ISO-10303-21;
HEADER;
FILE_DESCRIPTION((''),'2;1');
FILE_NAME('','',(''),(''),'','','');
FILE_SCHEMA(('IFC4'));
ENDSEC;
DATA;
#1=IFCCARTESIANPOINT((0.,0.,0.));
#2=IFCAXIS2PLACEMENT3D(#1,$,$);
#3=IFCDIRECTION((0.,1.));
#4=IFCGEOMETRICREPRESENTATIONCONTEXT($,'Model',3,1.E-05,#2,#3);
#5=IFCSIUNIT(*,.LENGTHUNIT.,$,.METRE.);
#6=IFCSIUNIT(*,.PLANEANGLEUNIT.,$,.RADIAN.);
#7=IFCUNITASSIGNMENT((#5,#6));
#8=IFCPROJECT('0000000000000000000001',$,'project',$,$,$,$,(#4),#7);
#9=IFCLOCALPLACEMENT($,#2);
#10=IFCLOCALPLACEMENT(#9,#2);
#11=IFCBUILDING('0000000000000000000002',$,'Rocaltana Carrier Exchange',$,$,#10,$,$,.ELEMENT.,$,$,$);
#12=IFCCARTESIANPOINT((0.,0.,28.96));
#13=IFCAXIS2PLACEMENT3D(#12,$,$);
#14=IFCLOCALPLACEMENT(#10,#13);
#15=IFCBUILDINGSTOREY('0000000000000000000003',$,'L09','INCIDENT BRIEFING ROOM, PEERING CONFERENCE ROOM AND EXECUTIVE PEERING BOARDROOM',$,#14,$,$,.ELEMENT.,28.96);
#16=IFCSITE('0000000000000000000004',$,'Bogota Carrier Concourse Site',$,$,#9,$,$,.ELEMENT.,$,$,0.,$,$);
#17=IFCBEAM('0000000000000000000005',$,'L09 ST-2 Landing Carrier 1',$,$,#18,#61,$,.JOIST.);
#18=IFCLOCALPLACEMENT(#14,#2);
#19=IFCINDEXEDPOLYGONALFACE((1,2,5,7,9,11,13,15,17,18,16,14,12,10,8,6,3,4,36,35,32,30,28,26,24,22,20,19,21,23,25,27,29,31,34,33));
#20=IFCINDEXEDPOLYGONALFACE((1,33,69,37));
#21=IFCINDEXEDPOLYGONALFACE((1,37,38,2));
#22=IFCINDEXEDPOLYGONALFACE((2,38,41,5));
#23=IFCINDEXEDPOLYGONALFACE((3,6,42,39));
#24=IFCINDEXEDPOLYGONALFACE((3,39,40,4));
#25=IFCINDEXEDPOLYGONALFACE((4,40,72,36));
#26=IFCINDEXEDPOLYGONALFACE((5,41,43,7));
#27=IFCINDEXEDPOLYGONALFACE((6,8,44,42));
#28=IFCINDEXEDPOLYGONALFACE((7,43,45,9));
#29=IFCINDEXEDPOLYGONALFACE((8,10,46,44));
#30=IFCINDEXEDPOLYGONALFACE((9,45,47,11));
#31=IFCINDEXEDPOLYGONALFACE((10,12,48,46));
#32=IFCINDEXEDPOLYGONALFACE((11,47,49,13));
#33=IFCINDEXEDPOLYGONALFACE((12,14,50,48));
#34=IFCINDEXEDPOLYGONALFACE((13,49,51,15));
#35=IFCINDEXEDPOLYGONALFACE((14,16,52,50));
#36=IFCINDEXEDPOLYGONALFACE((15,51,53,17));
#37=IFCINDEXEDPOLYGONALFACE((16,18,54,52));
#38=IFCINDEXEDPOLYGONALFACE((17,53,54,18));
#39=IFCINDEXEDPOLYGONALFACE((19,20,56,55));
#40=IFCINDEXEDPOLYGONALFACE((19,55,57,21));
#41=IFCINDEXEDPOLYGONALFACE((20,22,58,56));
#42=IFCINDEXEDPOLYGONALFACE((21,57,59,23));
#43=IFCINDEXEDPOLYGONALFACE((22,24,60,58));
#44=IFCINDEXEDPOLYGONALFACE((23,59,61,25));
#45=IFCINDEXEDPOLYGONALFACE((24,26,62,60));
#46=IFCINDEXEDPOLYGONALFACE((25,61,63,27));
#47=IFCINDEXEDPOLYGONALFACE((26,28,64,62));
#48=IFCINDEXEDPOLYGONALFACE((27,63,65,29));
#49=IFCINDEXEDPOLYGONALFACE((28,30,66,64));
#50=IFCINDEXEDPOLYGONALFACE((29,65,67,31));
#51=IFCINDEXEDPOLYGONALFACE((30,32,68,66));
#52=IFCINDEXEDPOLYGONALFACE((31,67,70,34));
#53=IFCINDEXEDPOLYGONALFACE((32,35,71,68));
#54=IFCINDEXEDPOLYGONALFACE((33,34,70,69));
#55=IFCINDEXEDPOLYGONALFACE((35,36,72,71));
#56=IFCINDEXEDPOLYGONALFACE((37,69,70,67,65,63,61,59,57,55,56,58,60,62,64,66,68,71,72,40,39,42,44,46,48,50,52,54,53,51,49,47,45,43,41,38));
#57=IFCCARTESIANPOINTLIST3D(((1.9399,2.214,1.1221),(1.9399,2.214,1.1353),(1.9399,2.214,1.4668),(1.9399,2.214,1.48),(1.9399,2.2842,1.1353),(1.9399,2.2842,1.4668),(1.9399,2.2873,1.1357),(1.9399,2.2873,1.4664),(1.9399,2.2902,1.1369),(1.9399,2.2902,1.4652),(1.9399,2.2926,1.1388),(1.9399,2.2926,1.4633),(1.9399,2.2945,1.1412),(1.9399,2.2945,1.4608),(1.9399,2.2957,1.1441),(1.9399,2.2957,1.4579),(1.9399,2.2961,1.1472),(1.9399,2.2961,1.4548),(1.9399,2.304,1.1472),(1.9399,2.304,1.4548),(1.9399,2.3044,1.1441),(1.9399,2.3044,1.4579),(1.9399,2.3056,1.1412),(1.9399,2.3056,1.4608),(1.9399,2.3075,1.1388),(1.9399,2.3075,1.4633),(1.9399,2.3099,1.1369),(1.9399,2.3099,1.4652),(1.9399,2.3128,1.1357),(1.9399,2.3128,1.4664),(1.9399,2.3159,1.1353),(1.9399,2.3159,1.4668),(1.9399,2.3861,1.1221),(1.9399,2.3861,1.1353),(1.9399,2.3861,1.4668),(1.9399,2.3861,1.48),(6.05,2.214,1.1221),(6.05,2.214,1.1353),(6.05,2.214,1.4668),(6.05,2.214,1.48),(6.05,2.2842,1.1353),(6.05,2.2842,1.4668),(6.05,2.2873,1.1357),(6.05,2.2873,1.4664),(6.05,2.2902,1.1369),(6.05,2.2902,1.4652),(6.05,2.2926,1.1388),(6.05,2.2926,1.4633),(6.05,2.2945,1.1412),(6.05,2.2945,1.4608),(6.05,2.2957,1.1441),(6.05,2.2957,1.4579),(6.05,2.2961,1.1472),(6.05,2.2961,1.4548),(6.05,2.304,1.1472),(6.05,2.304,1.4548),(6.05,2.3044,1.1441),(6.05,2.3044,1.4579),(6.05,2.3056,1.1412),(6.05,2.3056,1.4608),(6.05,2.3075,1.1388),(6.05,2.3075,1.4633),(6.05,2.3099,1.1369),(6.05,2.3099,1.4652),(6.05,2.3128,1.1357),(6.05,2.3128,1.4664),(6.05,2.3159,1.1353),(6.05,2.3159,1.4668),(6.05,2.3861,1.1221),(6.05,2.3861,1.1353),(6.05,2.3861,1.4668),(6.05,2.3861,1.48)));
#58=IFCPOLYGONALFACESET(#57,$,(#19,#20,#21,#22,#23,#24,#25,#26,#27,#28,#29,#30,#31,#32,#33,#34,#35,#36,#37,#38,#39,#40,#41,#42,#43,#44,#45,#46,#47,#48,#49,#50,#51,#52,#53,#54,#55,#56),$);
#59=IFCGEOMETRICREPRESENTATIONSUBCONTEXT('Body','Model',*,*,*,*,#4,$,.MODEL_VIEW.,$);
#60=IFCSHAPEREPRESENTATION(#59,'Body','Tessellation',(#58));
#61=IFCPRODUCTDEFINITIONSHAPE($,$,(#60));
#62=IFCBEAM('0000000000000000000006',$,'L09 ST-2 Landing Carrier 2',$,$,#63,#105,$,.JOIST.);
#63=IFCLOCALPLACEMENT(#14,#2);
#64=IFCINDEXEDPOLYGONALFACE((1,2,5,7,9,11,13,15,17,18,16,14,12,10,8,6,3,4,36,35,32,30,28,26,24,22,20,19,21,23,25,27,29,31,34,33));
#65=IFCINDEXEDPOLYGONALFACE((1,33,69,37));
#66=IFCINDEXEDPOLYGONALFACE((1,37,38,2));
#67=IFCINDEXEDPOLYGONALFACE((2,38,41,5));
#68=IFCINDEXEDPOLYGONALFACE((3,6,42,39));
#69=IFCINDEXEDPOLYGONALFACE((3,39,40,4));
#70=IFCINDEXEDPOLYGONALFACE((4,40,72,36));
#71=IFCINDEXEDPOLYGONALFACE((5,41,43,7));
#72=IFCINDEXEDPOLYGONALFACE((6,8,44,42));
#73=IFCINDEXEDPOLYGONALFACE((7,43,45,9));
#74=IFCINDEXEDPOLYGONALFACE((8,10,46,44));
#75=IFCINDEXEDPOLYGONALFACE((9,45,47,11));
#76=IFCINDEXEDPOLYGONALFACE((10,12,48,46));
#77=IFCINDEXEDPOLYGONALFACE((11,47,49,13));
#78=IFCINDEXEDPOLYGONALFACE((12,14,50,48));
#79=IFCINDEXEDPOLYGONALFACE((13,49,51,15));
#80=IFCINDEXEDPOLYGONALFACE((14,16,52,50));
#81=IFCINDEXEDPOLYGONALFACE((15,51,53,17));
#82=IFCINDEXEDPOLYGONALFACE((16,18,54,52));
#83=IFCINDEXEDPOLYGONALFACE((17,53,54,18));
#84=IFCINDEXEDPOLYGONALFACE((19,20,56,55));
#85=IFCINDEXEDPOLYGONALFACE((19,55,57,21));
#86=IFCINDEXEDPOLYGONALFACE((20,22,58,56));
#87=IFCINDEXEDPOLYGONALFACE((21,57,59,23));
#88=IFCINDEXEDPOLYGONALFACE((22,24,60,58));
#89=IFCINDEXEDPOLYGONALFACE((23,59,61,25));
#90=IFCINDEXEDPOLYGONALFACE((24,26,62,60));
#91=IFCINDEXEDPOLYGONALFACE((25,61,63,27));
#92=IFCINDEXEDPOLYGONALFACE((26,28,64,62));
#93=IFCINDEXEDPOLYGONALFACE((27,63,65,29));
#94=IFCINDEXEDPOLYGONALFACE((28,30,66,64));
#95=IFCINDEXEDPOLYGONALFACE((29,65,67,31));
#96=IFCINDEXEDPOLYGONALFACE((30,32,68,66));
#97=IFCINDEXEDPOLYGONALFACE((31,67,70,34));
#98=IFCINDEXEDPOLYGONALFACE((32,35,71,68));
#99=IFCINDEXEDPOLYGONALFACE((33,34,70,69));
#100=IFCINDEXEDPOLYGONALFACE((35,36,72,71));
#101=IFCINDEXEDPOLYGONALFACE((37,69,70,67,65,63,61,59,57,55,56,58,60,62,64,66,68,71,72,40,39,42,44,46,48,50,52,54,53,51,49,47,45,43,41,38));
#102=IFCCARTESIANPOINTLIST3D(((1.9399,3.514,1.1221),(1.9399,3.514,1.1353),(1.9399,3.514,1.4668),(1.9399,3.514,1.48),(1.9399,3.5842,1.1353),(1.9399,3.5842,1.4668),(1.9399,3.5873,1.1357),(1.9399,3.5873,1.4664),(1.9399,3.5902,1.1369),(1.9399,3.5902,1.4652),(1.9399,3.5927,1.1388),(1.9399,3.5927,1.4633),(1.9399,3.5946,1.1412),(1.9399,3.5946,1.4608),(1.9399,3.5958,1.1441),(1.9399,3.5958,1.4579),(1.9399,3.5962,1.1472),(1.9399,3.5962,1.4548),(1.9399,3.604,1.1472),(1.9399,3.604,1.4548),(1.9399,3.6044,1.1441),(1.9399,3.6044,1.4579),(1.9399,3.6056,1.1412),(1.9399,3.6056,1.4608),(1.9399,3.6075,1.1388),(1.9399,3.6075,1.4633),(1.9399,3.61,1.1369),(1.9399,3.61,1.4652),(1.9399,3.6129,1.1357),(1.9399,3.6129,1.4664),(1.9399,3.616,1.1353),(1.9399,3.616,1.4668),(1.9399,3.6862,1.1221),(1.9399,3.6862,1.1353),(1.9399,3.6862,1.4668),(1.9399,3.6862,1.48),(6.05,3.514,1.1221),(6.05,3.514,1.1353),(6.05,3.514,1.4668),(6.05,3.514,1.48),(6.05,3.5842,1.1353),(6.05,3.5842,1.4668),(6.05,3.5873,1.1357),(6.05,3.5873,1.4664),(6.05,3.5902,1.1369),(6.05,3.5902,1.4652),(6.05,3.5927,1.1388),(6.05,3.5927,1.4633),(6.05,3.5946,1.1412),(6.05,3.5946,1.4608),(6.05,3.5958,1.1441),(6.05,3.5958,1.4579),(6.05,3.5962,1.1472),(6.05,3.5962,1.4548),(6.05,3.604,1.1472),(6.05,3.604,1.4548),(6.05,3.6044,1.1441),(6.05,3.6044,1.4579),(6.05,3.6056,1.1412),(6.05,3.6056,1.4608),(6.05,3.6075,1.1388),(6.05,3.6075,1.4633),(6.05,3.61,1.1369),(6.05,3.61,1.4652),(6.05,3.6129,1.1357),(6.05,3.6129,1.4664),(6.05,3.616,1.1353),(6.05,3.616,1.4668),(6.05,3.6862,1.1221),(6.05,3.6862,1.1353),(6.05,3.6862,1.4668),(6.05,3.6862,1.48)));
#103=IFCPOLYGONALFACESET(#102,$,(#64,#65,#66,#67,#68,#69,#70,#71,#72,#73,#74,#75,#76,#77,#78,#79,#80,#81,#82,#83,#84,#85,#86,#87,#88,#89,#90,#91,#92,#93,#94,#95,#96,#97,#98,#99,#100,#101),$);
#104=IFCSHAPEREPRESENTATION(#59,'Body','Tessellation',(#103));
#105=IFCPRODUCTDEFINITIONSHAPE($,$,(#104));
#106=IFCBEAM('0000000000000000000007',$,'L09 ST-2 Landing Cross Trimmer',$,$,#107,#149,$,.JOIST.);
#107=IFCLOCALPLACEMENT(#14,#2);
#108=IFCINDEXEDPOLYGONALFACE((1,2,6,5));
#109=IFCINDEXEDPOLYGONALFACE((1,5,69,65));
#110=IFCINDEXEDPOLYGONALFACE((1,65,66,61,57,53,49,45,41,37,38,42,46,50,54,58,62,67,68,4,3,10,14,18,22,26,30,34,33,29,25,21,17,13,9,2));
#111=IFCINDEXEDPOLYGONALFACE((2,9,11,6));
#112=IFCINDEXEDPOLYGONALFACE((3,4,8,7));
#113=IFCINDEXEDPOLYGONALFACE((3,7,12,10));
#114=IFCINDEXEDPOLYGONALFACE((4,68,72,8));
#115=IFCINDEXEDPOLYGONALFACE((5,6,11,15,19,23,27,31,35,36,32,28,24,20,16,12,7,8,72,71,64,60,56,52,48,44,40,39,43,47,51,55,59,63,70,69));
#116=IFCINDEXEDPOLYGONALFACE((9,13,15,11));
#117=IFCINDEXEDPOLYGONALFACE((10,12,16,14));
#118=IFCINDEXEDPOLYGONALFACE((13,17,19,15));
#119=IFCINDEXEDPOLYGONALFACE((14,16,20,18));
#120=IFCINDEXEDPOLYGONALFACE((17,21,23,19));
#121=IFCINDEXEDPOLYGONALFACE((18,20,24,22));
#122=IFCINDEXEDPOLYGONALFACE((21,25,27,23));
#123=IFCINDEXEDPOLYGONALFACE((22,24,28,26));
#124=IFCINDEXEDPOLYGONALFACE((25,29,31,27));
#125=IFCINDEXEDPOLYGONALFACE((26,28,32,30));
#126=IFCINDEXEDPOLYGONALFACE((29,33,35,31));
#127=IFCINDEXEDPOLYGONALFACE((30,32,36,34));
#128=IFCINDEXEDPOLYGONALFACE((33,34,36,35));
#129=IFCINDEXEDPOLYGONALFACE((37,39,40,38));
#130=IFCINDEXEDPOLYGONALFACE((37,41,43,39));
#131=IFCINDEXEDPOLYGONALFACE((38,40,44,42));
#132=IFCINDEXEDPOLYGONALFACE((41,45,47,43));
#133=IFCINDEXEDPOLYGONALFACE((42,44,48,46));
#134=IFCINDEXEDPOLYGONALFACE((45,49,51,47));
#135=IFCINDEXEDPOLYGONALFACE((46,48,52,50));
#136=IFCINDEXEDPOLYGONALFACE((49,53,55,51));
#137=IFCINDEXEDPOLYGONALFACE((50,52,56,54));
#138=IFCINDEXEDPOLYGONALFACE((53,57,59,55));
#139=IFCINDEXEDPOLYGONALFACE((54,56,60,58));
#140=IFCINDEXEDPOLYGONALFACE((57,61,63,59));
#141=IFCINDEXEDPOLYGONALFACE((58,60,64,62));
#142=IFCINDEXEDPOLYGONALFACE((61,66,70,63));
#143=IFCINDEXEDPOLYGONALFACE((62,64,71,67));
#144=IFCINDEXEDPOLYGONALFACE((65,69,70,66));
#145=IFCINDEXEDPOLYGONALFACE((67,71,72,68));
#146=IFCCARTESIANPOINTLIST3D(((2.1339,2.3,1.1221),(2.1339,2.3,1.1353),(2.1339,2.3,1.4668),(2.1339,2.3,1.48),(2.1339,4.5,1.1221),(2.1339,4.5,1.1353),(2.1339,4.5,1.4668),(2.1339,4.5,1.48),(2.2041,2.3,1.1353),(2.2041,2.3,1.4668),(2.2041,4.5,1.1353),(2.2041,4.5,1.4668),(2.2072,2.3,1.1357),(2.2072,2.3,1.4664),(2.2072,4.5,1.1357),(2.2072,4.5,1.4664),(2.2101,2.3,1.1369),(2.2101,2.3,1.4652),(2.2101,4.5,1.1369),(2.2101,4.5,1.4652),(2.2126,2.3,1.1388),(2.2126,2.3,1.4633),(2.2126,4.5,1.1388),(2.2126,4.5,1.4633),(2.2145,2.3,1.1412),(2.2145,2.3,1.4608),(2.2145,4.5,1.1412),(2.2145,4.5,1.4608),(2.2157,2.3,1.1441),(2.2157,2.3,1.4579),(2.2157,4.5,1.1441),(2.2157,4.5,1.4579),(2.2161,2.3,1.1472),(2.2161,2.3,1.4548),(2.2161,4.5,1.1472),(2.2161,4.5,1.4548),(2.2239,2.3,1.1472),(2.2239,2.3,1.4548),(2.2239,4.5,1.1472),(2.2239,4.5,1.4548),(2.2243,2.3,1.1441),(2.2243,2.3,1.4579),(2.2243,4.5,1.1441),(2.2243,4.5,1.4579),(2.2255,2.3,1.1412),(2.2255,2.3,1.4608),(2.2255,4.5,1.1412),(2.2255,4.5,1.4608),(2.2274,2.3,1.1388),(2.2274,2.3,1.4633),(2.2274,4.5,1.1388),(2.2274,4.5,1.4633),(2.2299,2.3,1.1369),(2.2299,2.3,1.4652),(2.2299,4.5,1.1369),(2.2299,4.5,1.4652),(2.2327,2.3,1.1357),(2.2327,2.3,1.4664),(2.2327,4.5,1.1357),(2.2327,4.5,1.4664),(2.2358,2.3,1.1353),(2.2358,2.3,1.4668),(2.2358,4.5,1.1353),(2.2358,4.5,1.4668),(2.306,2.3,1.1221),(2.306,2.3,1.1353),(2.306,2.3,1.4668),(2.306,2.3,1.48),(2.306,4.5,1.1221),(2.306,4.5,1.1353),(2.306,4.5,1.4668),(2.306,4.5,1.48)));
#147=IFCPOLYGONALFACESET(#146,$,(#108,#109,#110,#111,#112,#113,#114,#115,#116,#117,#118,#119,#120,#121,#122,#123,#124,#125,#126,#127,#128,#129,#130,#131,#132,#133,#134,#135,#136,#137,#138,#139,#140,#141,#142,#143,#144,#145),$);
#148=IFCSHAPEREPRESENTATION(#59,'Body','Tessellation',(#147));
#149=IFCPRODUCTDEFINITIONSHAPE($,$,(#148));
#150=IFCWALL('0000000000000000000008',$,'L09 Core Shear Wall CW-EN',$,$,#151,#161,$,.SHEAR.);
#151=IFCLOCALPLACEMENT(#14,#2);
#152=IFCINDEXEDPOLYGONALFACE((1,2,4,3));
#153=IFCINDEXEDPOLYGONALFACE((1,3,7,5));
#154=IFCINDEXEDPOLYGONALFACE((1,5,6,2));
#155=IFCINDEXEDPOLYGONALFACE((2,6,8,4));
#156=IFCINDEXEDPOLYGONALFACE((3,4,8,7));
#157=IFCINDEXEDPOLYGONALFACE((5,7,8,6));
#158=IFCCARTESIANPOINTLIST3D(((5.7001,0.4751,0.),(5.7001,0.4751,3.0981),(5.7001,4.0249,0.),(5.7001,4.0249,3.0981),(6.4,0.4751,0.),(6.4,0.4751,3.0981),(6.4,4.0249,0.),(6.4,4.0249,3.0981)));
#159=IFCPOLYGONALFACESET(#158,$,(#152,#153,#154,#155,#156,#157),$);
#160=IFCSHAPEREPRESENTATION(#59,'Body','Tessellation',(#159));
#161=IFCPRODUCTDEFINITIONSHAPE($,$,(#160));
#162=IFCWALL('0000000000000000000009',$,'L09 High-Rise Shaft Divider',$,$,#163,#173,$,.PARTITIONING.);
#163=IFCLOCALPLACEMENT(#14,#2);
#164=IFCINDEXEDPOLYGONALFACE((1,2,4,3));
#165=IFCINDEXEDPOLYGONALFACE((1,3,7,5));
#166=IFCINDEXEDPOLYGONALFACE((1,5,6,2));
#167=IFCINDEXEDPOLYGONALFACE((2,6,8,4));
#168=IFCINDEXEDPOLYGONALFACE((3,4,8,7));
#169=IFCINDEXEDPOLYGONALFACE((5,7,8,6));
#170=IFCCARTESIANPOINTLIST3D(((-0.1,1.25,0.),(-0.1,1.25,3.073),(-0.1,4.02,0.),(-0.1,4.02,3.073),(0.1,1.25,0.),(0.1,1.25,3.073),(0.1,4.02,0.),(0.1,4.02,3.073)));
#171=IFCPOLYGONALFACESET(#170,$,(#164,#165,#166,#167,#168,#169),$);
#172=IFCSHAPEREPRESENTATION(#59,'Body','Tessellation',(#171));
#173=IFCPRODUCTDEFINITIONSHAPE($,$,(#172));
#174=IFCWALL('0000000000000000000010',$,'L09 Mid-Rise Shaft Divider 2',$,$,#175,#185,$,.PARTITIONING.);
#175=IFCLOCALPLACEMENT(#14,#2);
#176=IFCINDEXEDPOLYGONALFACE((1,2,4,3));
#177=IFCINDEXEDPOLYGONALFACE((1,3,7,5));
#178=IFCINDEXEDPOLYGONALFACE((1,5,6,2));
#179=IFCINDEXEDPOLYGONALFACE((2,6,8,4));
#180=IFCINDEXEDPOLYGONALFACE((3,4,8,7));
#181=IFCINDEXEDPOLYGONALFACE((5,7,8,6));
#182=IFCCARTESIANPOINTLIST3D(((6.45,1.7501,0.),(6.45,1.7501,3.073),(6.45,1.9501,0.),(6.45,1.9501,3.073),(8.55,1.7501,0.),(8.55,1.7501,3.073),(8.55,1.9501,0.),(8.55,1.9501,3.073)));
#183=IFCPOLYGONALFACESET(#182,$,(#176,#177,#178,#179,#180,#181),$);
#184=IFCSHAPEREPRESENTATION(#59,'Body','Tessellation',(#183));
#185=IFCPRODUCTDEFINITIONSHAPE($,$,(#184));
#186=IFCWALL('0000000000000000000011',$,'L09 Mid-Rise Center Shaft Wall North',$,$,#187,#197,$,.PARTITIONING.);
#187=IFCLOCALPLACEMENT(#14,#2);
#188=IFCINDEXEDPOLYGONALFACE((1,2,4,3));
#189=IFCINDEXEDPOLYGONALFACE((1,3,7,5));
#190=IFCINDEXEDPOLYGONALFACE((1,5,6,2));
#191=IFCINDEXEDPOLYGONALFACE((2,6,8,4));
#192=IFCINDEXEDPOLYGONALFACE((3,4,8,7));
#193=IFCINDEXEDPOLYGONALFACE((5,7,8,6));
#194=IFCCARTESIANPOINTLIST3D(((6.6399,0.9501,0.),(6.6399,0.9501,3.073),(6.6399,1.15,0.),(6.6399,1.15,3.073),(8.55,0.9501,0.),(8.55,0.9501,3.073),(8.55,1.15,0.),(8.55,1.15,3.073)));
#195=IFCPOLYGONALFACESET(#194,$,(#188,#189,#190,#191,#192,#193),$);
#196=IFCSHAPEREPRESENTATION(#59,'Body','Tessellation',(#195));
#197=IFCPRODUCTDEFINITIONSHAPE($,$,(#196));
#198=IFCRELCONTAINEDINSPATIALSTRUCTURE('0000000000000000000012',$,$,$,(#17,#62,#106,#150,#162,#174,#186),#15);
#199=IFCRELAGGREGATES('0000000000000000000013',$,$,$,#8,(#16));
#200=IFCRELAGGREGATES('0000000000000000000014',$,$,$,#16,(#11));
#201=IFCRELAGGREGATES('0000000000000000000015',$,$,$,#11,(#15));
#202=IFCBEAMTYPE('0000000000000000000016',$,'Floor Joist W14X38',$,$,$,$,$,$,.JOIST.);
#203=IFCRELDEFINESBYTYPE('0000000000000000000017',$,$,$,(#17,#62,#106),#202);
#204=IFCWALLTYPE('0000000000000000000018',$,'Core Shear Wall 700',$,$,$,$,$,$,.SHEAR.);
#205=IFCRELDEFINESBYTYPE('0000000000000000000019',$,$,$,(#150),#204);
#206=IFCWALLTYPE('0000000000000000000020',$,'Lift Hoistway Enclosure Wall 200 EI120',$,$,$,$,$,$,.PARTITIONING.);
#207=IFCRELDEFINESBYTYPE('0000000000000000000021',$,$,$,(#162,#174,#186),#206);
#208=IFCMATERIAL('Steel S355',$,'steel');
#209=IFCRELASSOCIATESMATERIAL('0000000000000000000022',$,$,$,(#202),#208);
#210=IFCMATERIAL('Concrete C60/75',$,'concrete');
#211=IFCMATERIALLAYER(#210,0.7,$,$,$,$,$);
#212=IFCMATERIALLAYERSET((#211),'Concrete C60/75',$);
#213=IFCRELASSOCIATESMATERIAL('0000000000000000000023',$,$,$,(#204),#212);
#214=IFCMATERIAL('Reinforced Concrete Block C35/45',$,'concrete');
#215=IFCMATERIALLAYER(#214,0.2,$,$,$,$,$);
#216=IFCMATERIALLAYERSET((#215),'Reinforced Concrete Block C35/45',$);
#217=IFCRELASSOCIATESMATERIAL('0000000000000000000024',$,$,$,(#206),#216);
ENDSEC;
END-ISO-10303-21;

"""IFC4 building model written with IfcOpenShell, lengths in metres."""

from ifc_helpers import new_model, si_unit, direction, frame, frame_2d, origin, origin_2d, place, context, subcontext, project, spatial, rectangle, i_section, extrude, material, layer, layer_set, material_profile, profile_set, type_object, element, save


model = new_model("IFC4")

# Units and contexts
model_context = context("Model", 3, precision=1e-05, world=origin(), true_north=direction((0.0, 1.0)))
body_context = subcontext(model_context, "Body", "Model", "MODEL_VIEW")
ifc_project = project(units=[si_unit("LENGTHUNIT", "METRE"), si_unit("PLANEANGLEUNIT", "RADIAN")], contexts=[model_context])

# Site, building, storey
site_placement = place(None, origin())
site = spatial("IfcSite", under=ifc_project, at=site_placement, Name="Bogota Carrier Concourse Site", CompositionType="ELEMENT", RefElevation=0.0)
building_placement = place(site_placement, origin())
building = spatial("IfcBuilding", under=site, at=building_placement, Name="Rocaltana Carrier Exchange", CompositionType="ELEMENT")
storey_placement = place(building_placement, frame((0.0, 0.0, 28.96)))
storey = spatial("IfcBuildingStorey", under=building, at=storey_placement, Name="L09", Description="INCIDENT BRIEFING ROOM, PEERING CONFERENCE ROOM AND EXECUTIVE PEERING BOARDROOM", CompositionType="ELEMENT", Elevation=28.96)

# Beams
ifc_material_1 = material(Name="Steel S355", Category="steel")
ifc_material_profile = material_profile(ifc_material_1, i_section(OverallWidth=0.1721, OverallDepth=0.3579, WebThickness=0.0078, FlangeThickness=0.0132, FilletRadius=0.012, at=origin_2d()), Name="W14X38")
ifc_profile_set = profile_set([ifc_material_profile], Name="Steel S355")
beam_type = type_object("IfcBeamType", Name="Floor Joist W14X38", PredefinedType="JOIST", material=ifc_profile_set)
for number, where, z_axis, x_axis, name in (
    (1, (1.9399, 2.3, 1.301), (1.0, 0.0, 0.0), (0.0, 1.0, 0.0), "L09 ST-2 Landing Carrier 1"),
    (2, (1.9399, 3.6001, 1.301), (1.0, 0.0, 0.0), (0.0, 1.0, 0.0), "L09 ST-2 Landing Carrier 2"),
):
    element("IfcBeam", number, at=place(storey_placement, frame(where, z_axis=z_axis, x_axis=x_axis)), inside=storey, type_object=beam_type, Name=name, PredefinedType="JOIST", context=body_context, shape_type="SweptSolid", body=[
        extrude(i_section(OverallWidth=0.1721, OverallDepth=0.3579, WebThickness=0.0078, FlangeThickness=0.0132, FilletRadius=0.012, at=origin_2d()), origin(), (0.0, 0.0, 1.0), 4.1101),
    ])
beam_placement = place(storey_placement, frame((2.22, 2.3, 1.301), z_axis=(0.0, 1.0, 0.0), x_axis=(-1.0, 0.0, 0.0)))
element("IfcBeam", 3, at=beam_placement, inside=storey, type_object=beam_type, Name="L09 ST-2 Landing Cross Trimmer", PredefinedType="JOIST", context=body_context, shape_type="SweptSolid", body=[
    extrude(i_section(OverallWidth=0.1721, OverallDepth=0.3579, WebThickness=0.0078, FlangeThickness=0.0132, FilletRadius=0.012, at=origin_2d()), origin(), (0.0, 0.0, 1.0), 2.2),
])

# Walls
ifc_material_2 = material(Name="Concrete C60/75", Category="concrete")
ifc_layer_1 = layer(ifc_material_2, 0.7)
ifc_layer_set_1 = layer_set([ifc_layer_1], Name="Concrete C60/75")
wall_type_1 = type_object("IfcWallType", Name="Core Shear Wall 700", PredefinedType="SHEAR", material=ifc_layer_set_1)
wall_1_placement = place(storey_placement, frame((6.05, 0.4751, 0.0), z_axis=(0.0, 0.0, 1.0), x_axis=(0.0, 1.0, 0.0)))
element("IfcWall", 4, at=wall_1_placement, inside=storey, type_object=wall_type_1, Name="L09 Core Shear Wall CW-EN", PredefinedType="SHEAR", context=body_context, shape_type="SweptSolid", body=[
    extrude(rectangle(XDim=3.5498, YDim=0.7, at=frame_2d((1.7749, 0.0))), origin(), (0.0, 0.0, 1.0), 3.0981),
])
ifc_material_3 = material(Name="Reinforced Concrete Block C35/45", Category="concrete")
ifc_layer_2 = layer(ifc_material_3, 0.2)
ifc_layer_set_2 = layer_set([ifc_layer_2], Name="Reinforced Concrete Block C35/45")
wall_type_2 = type_object("IfcWallType", Name="Lift Hoistway Enclosure Wall 200 EI120", PredefinedType="PARTITIONING", material=ifc_layer_set_2)
wall_2_placement = place(storey_placement, frame((0.0, 1.25, 0.0), z_axis=(0.0, 0.0, 1.0), x_axis=(0.0, 1.0, 0.0)))
element("IfcWall", 5, at=wall_2_placement, inside=storey, type_object=wall_type_2, Name="L09 High-Rise Shaft Divider", PredefinedType="PARTITIONING", context=body_context, shape_type="SweptSolid", body=[
    extrude(rectangle(XDim=2.77, YDim=0.2, at=frame_2d((1.385, 0.0))), origin(), (0.0, 0.0, 1.0), 3.073),
])
wall_3_placement = place(storey_placement, frame((6.45, 1.8501, 0.0), z_axis=(0.0, 0.0, 1.0), x_axis=(1.0, 0.0, 0.0)))
element("IfcWall", 6, at=wall_3_placement, inside=storey, type_object=wall_type_2, Name="L09 Mid-Rise Shaft Divider 2", PredefinedType="PARTITIONING", context=body_context, shape_type="SweptSolid", body=[
    extrude(rectangle(XDim=2.1001, YDim=0.2, at=frame_2d((1.05, 0.0))), origin(), (0.0, 0.0, 1.0), 3.073),
])
wall_4_placement = place(storey_placement, frame((6.6399, 1.05, 0.0), z_axis=(0.0, 0.0, 1.0), x_axis=(1.0, 0.0, 0.0)))
element("IfcWall", 7, at=wall_4_placement, inside=storey, type_object=wall_type_2, Name="L09 Mid-Rise Center Shaft Wall North", PredefinedType="PARTITIONING", context=body_context, shape_type="SweptSolid", body=[
    extrude(rectangle(XDim=1.9102, YDim=0.2, at=frame_2d((0.9551, 0.0))), origin(), (0.0, 0.0, 1.0), 3.073),
])

save(model, "model.ifc")
